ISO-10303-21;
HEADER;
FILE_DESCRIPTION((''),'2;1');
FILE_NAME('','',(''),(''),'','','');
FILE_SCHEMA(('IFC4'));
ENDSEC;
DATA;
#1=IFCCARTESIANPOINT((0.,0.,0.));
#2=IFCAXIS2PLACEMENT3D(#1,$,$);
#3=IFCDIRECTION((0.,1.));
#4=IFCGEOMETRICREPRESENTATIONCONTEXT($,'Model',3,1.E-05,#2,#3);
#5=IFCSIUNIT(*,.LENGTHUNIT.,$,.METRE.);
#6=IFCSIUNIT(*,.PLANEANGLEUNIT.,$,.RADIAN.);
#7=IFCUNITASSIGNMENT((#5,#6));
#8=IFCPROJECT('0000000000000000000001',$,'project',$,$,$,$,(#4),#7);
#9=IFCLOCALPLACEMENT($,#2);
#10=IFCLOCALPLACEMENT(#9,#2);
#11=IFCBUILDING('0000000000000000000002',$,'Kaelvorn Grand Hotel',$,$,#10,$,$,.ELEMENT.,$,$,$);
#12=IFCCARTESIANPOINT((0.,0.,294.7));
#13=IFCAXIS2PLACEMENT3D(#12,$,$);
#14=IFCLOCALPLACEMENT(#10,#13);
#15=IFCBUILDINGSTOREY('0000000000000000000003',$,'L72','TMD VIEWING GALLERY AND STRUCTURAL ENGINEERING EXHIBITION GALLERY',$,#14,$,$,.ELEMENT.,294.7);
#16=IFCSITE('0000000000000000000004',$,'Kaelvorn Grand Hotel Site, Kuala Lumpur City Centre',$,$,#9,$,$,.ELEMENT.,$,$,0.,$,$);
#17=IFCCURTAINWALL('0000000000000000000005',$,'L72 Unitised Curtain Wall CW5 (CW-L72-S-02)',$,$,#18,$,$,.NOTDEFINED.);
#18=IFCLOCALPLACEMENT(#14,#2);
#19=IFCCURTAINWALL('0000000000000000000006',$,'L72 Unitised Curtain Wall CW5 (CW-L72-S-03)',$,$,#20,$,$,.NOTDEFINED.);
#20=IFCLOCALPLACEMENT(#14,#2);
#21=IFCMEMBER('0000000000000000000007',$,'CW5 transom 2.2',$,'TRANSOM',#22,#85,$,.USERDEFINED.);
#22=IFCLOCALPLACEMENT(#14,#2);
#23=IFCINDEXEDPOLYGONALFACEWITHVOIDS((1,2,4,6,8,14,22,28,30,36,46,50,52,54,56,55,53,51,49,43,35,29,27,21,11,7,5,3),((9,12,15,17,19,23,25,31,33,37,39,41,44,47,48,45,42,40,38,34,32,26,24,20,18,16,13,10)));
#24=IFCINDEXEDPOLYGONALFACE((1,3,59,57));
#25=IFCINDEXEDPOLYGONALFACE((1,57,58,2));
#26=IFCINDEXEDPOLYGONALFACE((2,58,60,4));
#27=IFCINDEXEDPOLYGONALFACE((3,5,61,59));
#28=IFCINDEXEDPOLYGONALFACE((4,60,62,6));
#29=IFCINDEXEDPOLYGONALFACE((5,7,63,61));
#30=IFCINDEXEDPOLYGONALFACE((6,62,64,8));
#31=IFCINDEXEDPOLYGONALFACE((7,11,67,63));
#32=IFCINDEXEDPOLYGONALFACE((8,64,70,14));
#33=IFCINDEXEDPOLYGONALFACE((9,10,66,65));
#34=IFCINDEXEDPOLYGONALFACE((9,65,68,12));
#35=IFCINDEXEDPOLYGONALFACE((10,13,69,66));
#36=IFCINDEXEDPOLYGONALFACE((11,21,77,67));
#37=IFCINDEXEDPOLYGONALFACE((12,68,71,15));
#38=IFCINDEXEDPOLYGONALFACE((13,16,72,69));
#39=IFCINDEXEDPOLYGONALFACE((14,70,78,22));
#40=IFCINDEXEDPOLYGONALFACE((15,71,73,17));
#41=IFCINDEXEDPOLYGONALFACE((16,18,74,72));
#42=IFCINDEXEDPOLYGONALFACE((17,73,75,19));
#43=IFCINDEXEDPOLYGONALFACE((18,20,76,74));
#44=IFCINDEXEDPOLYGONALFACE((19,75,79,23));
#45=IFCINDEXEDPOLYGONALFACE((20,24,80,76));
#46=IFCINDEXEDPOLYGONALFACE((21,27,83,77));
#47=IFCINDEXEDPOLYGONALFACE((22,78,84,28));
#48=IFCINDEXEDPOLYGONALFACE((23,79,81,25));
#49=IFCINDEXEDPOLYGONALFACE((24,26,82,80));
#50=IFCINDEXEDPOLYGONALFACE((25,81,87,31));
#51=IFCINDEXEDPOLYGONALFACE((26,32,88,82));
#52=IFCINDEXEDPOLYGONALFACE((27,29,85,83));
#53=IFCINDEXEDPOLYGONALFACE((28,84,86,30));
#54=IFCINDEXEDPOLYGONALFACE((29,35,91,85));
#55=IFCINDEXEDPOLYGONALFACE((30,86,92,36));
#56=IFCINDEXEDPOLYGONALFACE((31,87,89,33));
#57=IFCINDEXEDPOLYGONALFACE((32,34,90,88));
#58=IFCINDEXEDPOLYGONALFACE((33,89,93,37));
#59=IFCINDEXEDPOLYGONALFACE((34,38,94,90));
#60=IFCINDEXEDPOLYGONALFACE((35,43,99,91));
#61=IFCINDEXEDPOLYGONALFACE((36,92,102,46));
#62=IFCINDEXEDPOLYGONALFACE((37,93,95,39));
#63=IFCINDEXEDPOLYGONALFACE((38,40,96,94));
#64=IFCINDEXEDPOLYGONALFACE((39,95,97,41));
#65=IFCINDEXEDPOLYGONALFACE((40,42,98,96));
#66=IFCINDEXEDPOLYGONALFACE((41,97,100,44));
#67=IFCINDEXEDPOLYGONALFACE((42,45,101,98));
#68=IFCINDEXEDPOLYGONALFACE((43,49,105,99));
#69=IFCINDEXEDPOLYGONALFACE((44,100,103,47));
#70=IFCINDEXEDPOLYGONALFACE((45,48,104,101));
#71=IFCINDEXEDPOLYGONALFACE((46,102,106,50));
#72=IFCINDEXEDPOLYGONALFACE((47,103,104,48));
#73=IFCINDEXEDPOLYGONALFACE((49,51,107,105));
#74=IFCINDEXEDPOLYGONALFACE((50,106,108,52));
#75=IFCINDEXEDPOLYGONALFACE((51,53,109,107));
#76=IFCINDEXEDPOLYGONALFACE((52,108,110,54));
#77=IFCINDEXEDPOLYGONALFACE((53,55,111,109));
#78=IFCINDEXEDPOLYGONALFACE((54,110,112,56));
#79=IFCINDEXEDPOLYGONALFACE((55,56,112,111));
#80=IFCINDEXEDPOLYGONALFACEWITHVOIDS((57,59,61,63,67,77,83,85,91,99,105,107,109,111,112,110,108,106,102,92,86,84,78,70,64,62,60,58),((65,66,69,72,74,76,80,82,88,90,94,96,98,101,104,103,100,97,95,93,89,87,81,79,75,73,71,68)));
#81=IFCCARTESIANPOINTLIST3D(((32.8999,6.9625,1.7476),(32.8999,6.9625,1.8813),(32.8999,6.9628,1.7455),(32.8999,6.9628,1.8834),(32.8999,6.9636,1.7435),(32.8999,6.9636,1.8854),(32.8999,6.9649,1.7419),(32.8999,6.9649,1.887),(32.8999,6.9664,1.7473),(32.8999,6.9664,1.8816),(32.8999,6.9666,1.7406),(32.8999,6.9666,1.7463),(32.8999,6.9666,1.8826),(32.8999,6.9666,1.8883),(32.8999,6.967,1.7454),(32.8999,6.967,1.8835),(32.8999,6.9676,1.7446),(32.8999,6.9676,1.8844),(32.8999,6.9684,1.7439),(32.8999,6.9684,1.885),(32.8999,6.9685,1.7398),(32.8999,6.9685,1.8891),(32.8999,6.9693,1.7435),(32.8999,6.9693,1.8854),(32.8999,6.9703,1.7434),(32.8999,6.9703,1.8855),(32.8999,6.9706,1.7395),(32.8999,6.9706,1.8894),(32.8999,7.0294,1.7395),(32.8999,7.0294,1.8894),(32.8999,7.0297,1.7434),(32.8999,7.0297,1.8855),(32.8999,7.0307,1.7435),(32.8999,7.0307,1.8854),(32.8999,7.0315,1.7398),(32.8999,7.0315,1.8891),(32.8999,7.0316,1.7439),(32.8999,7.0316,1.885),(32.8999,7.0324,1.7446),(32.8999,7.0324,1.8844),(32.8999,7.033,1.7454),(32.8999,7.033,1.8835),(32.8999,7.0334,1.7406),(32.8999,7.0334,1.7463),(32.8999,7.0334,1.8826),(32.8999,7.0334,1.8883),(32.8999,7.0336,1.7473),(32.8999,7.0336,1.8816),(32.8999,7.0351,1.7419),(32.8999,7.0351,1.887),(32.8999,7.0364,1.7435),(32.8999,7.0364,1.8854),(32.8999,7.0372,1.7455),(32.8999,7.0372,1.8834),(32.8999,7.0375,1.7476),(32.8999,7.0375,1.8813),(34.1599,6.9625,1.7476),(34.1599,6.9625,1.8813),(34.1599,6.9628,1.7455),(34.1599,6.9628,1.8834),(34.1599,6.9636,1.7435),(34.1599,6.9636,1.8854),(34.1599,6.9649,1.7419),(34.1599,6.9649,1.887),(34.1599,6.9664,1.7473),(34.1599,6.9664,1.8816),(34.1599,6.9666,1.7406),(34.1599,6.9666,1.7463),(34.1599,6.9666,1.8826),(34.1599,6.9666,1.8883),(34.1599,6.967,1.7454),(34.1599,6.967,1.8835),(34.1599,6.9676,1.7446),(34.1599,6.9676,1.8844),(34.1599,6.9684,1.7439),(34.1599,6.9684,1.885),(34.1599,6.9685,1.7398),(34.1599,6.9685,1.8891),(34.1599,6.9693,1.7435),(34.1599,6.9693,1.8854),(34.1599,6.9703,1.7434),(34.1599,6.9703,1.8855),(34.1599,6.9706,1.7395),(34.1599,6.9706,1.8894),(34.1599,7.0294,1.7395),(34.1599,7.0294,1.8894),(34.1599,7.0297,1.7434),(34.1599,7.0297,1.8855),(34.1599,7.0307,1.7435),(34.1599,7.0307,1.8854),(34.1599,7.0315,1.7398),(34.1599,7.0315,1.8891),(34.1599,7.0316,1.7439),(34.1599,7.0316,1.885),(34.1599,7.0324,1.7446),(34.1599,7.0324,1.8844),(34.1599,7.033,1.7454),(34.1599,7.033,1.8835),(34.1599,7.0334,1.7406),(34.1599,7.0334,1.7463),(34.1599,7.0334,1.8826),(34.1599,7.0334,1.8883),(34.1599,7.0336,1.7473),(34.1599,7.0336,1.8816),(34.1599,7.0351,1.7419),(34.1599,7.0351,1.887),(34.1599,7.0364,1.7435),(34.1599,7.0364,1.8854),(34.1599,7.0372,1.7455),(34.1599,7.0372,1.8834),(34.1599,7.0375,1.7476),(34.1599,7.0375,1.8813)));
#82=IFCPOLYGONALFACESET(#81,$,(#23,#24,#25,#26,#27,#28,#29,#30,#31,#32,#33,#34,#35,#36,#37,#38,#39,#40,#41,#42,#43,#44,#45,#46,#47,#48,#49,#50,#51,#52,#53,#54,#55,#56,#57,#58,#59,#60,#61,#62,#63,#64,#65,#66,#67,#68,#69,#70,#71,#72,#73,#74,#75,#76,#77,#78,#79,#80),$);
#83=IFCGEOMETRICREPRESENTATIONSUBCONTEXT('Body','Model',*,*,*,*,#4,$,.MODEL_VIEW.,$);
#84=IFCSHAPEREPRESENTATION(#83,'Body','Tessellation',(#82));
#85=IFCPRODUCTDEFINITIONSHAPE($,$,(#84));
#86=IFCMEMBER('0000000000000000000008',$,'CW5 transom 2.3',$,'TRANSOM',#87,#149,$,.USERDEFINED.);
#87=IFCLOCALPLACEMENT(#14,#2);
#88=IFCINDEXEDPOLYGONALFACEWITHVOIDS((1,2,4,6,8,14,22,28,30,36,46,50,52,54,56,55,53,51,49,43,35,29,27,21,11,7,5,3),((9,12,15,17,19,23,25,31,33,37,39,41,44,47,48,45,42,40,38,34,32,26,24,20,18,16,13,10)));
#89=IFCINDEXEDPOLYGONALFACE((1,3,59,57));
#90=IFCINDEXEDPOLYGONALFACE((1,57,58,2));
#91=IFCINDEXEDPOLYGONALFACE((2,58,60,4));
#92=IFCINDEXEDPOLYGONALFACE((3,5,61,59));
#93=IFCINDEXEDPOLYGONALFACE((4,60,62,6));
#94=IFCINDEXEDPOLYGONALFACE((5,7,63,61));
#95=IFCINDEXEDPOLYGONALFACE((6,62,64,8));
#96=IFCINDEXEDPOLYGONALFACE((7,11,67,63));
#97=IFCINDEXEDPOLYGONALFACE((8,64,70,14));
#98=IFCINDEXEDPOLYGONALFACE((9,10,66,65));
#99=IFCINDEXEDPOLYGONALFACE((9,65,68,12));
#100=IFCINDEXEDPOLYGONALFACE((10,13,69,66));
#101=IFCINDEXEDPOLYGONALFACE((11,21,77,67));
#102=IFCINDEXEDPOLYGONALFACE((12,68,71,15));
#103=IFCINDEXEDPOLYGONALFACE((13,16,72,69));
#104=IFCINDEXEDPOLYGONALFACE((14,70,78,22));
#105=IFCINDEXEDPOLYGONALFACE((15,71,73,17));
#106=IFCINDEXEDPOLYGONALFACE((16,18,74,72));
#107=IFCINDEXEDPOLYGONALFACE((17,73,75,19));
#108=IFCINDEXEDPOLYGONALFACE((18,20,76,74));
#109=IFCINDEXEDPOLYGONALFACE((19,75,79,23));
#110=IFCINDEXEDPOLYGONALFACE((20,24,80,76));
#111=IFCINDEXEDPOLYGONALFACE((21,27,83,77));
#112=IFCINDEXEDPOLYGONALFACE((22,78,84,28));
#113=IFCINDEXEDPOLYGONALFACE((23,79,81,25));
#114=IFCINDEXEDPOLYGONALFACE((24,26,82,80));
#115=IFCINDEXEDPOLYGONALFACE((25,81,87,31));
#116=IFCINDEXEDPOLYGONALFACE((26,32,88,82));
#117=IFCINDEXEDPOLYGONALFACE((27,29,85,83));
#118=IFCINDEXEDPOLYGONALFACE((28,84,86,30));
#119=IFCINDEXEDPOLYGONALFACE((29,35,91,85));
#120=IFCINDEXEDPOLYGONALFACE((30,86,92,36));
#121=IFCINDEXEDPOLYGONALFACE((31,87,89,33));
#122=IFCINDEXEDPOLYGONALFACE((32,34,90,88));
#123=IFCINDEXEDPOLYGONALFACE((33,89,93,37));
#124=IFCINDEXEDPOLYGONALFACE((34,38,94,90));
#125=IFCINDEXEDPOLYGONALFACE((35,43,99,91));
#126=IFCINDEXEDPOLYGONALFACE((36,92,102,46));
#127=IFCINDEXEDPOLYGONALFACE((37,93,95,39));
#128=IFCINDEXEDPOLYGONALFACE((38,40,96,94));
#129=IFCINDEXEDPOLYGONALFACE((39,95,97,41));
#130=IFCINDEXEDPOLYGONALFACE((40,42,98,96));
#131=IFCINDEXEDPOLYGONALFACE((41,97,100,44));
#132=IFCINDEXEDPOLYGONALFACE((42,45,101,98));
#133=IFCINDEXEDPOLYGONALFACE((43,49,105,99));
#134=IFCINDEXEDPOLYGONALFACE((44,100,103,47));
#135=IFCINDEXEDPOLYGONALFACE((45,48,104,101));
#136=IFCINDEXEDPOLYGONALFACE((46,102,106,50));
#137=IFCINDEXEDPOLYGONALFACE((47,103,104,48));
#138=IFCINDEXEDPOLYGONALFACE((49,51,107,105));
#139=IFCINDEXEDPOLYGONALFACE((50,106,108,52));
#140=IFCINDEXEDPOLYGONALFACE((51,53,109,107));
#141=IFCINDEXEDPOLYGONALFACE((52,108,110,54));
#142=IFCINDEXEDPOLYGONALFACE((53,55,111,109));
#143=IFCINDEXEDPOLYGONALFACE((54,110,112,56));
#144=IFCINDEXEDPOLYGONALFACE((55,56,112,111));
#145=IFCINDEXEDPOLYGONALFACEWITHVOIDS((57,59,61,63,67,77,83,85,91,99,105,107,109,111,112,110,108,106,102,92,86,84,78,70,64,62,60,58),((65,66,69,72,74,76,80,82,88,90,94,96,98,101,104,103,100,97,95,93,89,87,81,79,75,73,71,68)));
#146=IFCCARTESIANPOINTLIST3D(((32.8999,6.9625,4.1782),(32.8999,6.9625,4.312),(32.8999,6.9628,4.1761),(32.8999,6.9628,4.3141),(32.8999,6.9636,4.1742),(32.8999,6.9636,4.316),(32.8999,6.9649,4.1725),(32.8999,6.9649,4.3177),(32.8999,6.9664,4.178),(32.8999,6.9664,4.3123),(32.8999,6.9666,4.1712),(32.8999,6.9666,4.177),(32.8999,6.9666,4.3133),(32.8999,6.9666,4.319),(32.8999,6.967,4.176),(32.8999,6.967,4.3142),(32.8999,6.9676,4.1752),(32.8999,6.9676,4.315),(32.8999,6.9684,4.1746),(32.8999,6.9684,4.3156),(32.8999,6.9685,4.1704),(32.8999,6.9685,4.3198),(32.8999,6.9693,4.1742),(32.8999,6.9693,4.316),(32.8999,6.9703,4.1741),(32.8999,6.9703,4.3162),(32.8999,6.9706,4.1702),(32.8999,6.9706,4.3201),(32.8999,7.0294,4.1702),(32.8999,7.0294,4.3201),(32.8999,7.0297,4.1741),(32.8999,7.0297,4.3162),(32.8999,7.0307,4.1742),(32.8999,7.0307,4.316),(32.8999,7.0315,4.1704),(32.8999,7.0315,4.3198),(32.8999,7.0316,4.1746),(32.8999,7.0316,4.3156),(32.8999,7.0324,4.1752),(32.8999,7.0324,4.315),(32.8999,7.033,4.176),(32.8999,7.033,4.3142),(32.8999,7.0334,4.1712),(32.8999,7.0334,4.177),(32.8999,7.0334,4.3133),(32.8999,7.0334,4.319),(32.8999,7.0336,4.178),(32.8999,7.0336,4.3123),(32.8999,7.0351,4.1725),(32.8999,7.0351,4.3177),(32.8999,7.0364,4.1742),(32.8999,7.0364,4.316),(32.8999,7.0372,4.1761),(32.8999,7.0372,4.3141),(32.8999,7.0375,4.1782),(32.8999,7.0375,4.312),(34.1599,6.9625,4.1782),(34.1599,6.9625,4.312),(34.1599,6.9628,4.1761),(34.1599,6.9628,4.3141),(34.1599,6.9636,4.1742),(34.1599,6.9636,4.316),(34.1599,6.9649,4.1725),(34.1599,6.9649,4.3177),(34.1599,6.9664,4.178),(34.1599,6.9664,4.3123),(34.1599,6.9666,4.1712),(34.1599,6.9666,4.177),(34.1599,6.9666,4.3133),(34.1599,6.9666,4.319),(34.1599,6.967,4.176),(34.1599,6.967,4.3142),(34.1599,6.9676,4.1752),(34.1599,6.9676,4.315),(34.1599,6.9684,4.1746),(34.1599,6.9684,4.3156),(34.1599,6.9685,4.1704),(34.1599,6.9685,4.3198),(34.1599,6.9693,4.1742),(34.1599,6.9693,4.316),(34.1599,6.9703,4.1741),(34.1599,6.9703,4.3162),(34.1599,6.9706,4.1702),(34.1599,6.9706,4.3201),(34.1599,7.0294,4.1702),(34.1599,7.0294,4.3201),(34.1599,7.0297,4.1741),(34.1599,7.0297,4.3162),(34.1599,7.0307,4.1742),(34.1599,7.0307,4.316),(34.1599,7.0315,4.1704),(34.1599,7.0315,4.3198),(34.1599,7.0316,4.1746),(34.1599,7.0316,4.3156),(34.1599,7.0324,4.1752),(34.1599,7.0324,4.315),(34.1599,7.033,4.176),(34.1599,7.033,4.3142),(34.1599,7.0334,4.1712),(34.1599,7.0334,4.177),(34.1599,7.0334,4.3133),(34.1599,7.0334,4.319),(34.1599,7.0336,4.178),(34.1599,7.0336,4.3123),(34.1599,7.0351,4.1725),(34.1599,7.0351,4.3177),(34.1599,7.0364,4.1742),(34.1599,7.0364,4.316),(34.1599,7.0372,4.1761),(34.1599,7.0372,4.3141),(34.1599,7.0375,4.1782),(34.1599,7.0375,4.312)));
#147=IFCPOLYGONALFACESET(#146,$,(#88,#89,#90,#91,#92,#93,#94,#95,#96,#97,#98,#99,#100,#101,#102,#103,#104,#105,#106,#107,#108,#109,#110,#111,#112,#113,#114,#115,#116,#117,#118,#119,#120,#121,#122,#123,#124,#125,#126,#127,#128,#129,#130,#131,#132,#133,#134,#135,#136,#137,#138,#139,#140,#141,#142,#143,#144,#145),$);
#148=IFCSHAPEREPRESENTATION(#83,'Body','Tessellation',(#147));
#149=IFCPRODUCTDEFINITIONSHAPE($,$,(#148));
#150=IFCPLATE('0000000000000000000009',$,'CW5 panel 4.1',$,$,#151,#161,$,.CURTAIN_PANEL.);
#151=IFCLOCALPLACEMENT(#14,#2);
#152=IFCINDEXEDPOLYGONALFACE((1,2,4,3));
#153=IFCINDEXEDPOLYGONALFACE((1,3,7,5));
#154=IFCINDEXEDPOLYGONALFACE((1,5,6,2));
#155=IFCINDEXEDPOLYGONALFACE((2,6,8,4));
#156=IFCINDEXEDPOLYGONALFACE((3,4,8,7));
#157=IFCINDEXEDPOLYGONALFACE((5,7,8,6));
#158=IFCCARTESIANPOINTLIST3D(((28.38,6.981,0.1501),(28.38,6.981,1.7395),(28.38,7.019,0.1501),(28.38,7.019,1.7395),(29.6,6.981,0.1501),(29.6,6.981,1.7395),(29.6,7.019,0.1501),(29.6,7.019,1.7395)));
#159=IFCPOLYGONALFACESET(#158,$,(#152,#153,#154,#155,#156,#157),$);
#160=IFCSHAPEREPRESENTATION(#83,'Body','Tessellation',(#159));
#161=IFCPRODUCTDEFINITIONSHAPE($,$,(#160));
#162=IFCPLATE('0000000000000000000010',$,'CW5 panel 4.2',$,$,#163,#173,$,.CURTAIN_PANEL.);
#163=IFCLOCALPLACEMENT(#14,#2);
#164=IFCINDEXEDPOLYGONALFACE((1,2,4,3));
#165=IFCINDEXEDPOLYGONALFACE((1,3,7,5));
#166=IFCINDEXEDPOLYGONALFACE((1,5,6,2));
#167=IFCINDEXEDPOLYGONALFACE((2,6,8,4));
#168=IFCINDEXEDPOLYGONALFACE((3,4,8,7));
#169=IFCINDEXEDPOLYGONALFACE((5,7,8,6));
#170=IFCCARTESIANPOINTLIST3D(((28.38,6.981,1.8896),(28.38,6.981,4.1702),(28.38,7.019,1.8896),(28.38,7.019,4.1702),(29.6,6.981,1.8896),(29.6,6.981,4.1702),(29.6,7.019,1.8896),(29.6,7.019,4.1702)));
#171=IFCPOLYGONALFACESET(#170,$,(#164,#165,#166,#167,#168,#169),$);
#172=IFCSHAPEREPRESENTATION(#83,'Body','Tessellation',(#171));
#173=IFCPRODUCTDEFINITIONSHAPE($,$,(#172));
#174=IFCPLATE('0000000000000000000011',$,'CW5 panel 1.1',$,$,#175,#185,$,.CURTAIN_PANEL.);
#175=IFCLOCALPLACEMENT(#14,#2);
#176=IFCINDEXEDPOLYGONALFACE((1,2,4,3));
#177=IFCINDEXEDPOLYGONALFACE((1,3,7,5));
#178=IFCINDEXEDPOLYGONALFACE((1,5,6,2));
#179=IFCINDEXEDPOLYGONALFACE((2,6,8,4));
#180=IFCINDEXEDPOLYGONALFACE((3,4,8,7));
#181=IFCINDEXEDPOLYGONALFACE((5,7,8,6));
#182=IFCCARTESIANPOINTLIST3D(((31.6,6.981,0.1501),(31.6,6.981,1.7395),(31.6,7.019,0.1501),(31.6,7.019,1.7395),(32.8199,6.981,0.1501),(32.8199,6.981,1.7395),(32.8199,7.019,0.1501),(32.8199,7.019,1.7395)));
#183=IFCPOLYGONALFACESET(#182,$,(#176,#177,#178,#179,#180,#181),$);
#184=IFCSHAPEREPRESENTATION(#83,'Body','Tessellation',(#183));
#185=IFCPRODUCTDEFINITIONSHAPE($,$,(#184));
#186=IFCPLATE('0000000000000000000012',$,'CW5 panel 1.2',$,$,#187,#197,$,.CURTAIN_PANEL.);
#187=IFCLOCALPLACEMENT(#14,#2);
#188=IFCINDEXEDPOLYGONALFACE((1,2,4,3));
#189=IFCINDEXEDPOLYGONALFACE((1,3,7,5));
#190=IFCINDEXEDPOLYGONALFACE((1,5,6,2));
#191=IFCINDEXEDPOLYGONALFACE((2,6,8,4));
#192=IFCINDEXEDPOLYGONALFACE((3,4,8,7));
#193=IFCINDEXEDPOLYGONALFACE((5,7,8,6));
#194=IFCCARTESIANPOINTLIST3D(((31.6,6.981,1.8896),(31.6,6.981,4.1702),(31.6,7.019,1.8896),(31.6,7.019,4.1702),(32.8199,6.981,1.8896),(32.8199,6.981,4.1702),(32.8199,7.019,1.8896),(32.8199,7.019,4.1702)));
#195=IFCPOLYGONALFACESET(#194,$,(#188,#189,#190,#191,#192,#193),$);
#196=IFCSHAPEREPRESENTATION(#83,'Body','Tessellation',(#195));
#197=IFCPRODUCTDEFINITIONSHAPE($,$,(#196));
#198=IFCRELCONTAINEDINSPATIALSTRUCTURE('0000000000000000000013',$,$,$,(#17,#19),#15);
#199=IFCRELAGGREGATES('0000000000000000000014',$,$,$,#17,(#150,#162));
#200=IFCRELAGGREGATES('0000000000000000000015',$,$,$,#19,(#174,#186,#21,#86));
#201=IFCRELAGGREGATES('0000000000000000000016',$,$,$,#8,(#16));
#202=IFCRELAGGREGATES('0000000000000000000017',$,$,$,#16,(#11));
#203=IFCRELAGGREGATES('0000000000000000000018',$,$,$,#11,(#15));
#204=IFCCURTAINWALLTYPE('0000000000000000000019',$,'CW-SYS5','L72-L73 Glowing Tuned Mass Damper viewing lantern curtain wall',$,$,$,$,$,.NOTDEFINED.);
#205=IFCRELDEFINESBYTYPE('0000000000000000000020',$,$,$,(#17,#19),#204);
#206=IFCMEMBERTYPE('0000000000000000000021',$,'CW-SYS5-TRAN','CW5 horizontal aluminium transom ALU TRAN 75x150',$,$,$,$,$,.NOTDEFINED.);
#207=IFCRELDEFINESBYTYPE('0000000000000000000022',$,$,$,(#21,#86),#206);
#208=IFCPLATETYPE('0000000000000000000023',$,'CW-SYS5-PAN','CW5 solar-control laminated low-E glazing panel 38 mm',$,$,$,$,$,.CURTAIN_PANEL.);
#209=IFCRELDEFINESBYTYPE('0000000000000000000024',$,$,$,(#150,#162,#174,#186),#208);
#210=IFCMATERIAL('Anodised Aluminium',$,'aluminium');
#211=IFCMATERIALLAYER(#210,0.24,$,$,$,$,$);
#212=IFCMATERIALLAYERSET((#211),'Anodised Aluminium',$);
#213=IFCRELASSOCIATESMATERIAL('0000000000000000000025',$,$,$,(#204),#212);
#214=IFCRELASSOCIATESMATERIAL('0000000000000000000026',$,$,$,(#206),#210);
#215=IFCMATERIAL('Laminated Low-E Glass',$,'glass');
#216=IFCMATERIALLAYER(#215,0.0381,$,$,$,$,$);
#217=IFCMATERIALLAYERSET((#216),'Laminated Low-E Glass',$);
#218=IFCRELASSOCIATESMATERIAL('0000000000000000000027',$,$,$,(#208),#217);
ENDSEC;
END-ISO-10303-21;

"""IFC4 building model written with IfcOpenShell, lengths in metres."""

from ifc_helpers import new_model, si_unit, direction, frame, origin, origin_2d, place, context, subcontext, project, spatial, rectangle, hollow_rectangle, extrude, material, layer, layer_set, material_profile, profile_set, type_object, element, aggregate, save


model = new_model("IFC4")

# Units and contexts
model_context = context("Model", 3, precision=1e-05, world=origin(), true_north=direction((0.0, 1.0)))
body_context = subcontext(model_context, "Body", "Model", "MODEL_VIEW")
ifc_project = project(units=[si_unit("LENGTHUNIT", "METRE"), si_unit("PLANEANGLEUNIT", "RADIAN")], contexts=[model_context])

# Site, building, storey
site_placement = place(None, origin())
site = spatial("IfcSite", under=ifc_project, at=site_placement, Name="Kaelvorn Grand Hotel Site, Kuala Lumpur City Centre", CompositionType="ELEMENT", RefElevation=0.0)
building_placement = place(site_placement, origin())
building = spatial("IfcBuilding", under=site, at=building_placement, Name="Kaelvorn Grand Hotel", CompositionType="ELEMENT")
storey_placement = place(building_placement, frame((0.0, 0.0, 294.7)))
storey = spatial("IfcBuildingStorey", under=building, at=storey_placement, Name="L72", Description="TMD VIEWING GALLERY AND STRUCTURAL ENGINEERING EXHIBITION GALLERY", CompositionType="ELEMENT", Elevation=294.7)

# Curtain wall
ifc_material_1 = material(Name="Anodised Aluminium", Category="aluminium")
ifc_layer_1 = layer(ifc_material_1, 0.24)
ifc_layer_set_1 = layer_set([ifc_layer_1], Name="Anodised Aluminium")
curtain_wall_type = type_object("IfcCurtainWallType", Name="CW-SYS5", Description="L72-L73 Glowing Tuned Mass Damper viewing lantern curtain wall", PredefinedType="NOTDEFINED", material=ifc_layer_set_1)
curtain_wall_1_placement = place(storey_placement, origin())
curtain_wall_1 = element("IfcCurtainWall", 1, at=curtain_wall_1_placement, inside=storey, type_object=curtain_wall_type, Name="L72 Unitised Curtain Wall CW5 (CW-L72-S-02)", PredefinedType="NOTDEFINED")

# Curtain wall
curtain_wall_2_placement = place(storey_placement, origin())
curtain_wall_2 = element("IfcCurtainWall", 2, at=curtain_wall_2_placement, inside=storey, type_object=curtain_wall_type, Name="L72 Unitised Curtain Wall CW5 (CW-L72-S-03)", PredefinedType="NOTDEFINED")

# Members
ifc_material_profile_1 = material_profile(ifc_material_1, hollow_rectangle(XDim=0.075, YDim=0.1499, WallThickness=0.0039, InnerFilletRadius=0.0039, OuterFilletRadius=0.0081, at=origin_2d()), Name="ALU TRAN 75x150")
ifc_profile_set_1 = profile_set([ifc_material_profile_1], Name="Anodised Aluminium")
member_type_1 = type_object("IfcMemberType", Name="CW-SYS5-TRAN", Description="CW5 horizontal aluminium transom ALU TRAN 75x150", PredefinedType="NOTDEFINED", material=ifc_profile_set_1)
member_1_placement = place(storey_placement, frame((32.8999, 7.0, 1.8145), z_axis=(1.0, 0.0, 0.0), x_axis=(0.0, 1.0, 0.0)))
member_1 = element("IfcMember", 3, at=member_1_placement, type_object=member_type_1, Name="CW5 transom 2.2", ObjectType="TRANSOM", PredefinedType="USERDEFINED", context=body_context, shape_type="SweptSolid", body=[
    extrude(hollow_rectangle(XDim=0.075, YDim=0.1499, WallThickness=0.0039, InnerFilletRadius=0.0039, OuterFilletRadius=0.0081, at=origin_2d()), origin(), (0.0, 0.0, 1.0), 1.26),
])
member_2_placement = place(storey_placement, frame((32.8999, 7.0, 4.2451), z_axis=(1.0, 0.0, 0.0), x_axis=(0.0, 1.0, 0.0)))
member_2 = element("IfcMember", 4, at=member_2_placement, type_object=member_type_1, Name="CW5 transom 2.3", ObjectType="TRANSOM", PredefinedType="USERDEFINED", context=body_context, shape_type="SweptSolid", body=[
    extrude(hollow_rectangle(XDim=0.075, YDim=0.1499, WallThickness=0.0039, InnerFilletRadius=0.0039, OuterFilletRadius=0.0081, at=origin_2d()), origin(), (0.0, 0.0, 1.0), 1.26),
])

# Plates
ifc_material_2 = material(Name="Laminated Low-E Glass", Category="glass")
ifc_layer_2 = layer(ifc_material_2, 0.0381)
ifc_layer_set_2 = layer_set([ifc_layer_2], Name="Laminated Low-E Glass")
plate_type = type_object("IfcPlateType", Name="CW-SYS5-PAN", Description="CW5 solar-control laminated low-E glazing panel 38 mm", PredefinedType="CURTAIN_PANEL", material=ifc_layer_set_2)
plate_1_placement = place(storey_placement, frame((28.99, 7.0, 0.1501), z_axis=(0.0, 0.0, 1.0), x_axis=(1.0, 0.0, 0.0)))
plate_1 = element("IfcPlate", 5, at=plate_1_placement, type_object=plate_type, Name="CW5 panel 4.1", PredefinedType="CURTAIN_PANEL", context=body_context, shape_type="SweptSolid", body=[
    extrude(rectangle(XDim=1.22, YDim=0.0381, at=origin_2d()), origin(), (0.0, 0.0, 1.0), 1.5894),
])
plate_2_placement = place(storey_placement, frame((28.99, 7.0, 1.8896), z_axis=(0.0, 0.0, 1.0), x_axis=(1.0, 0.0, 0.0)))
plate_2 = element("IfcPlate", 6, at=plate_2_placement, type_object=plate_type, Name="CW5 panel 4.2", PredefinedType="CURTAIN_PANEL", context=body_context, shape_type="SweptSolid", body=[
    extrude(rectangle(XDim=1.22, YDim=0.0381, at=origin_2d()), origin(), (0.0, 0.0, 1.0), 2.2805),
])
aggregate(curtain_wall_1, [plate_1, plate_2])
plate_3_placement = place(storey_placement, frame((32.21, 7.0, 0.1501), z_axis=(0.0, 0.0, 1.0), x_axis=(1.0, 0.0, 0.0)))
plate_3 = element("IfcPlate", 7, at=plate_3_placement, type_object=plate_type, Name="CW5 panel 1.1", PredefinedType="CURTAIN_PANEL", context=body_context, shape_type="SweptSolid", body=[
    extrude(rectangle(XDim=1.22, YDim=0.0381, at=origin_2d()), origin(), (0.0, 0.0, 1.0), 1.5894),
])
plate_4_placement = place(storey_placement, frame((32.21, 7.0, 1.8896), z_axis=(0.0, 0.0, 1.0), x_axis=(1.0, 0.0, 0.0)))
plate_4 = element("IfcPlate", 8, at=plate_4_placement, type_object=plate_type, Name="CW5 panel 1.2", PredefinedType="CURTAIN_PANEL", context=body_context, shape_type="SweptSolid", body=[
    extrude(rectangle(XDim=1.22, YDim=0.0381, at=origin_2d()), origin(), (0.0, 0.0, 1.0), 2.2805),
])
aggregate(curtain_wall_2, [plate_3, plate_4, member_1, member_2])

save(model, "model.ifc")
